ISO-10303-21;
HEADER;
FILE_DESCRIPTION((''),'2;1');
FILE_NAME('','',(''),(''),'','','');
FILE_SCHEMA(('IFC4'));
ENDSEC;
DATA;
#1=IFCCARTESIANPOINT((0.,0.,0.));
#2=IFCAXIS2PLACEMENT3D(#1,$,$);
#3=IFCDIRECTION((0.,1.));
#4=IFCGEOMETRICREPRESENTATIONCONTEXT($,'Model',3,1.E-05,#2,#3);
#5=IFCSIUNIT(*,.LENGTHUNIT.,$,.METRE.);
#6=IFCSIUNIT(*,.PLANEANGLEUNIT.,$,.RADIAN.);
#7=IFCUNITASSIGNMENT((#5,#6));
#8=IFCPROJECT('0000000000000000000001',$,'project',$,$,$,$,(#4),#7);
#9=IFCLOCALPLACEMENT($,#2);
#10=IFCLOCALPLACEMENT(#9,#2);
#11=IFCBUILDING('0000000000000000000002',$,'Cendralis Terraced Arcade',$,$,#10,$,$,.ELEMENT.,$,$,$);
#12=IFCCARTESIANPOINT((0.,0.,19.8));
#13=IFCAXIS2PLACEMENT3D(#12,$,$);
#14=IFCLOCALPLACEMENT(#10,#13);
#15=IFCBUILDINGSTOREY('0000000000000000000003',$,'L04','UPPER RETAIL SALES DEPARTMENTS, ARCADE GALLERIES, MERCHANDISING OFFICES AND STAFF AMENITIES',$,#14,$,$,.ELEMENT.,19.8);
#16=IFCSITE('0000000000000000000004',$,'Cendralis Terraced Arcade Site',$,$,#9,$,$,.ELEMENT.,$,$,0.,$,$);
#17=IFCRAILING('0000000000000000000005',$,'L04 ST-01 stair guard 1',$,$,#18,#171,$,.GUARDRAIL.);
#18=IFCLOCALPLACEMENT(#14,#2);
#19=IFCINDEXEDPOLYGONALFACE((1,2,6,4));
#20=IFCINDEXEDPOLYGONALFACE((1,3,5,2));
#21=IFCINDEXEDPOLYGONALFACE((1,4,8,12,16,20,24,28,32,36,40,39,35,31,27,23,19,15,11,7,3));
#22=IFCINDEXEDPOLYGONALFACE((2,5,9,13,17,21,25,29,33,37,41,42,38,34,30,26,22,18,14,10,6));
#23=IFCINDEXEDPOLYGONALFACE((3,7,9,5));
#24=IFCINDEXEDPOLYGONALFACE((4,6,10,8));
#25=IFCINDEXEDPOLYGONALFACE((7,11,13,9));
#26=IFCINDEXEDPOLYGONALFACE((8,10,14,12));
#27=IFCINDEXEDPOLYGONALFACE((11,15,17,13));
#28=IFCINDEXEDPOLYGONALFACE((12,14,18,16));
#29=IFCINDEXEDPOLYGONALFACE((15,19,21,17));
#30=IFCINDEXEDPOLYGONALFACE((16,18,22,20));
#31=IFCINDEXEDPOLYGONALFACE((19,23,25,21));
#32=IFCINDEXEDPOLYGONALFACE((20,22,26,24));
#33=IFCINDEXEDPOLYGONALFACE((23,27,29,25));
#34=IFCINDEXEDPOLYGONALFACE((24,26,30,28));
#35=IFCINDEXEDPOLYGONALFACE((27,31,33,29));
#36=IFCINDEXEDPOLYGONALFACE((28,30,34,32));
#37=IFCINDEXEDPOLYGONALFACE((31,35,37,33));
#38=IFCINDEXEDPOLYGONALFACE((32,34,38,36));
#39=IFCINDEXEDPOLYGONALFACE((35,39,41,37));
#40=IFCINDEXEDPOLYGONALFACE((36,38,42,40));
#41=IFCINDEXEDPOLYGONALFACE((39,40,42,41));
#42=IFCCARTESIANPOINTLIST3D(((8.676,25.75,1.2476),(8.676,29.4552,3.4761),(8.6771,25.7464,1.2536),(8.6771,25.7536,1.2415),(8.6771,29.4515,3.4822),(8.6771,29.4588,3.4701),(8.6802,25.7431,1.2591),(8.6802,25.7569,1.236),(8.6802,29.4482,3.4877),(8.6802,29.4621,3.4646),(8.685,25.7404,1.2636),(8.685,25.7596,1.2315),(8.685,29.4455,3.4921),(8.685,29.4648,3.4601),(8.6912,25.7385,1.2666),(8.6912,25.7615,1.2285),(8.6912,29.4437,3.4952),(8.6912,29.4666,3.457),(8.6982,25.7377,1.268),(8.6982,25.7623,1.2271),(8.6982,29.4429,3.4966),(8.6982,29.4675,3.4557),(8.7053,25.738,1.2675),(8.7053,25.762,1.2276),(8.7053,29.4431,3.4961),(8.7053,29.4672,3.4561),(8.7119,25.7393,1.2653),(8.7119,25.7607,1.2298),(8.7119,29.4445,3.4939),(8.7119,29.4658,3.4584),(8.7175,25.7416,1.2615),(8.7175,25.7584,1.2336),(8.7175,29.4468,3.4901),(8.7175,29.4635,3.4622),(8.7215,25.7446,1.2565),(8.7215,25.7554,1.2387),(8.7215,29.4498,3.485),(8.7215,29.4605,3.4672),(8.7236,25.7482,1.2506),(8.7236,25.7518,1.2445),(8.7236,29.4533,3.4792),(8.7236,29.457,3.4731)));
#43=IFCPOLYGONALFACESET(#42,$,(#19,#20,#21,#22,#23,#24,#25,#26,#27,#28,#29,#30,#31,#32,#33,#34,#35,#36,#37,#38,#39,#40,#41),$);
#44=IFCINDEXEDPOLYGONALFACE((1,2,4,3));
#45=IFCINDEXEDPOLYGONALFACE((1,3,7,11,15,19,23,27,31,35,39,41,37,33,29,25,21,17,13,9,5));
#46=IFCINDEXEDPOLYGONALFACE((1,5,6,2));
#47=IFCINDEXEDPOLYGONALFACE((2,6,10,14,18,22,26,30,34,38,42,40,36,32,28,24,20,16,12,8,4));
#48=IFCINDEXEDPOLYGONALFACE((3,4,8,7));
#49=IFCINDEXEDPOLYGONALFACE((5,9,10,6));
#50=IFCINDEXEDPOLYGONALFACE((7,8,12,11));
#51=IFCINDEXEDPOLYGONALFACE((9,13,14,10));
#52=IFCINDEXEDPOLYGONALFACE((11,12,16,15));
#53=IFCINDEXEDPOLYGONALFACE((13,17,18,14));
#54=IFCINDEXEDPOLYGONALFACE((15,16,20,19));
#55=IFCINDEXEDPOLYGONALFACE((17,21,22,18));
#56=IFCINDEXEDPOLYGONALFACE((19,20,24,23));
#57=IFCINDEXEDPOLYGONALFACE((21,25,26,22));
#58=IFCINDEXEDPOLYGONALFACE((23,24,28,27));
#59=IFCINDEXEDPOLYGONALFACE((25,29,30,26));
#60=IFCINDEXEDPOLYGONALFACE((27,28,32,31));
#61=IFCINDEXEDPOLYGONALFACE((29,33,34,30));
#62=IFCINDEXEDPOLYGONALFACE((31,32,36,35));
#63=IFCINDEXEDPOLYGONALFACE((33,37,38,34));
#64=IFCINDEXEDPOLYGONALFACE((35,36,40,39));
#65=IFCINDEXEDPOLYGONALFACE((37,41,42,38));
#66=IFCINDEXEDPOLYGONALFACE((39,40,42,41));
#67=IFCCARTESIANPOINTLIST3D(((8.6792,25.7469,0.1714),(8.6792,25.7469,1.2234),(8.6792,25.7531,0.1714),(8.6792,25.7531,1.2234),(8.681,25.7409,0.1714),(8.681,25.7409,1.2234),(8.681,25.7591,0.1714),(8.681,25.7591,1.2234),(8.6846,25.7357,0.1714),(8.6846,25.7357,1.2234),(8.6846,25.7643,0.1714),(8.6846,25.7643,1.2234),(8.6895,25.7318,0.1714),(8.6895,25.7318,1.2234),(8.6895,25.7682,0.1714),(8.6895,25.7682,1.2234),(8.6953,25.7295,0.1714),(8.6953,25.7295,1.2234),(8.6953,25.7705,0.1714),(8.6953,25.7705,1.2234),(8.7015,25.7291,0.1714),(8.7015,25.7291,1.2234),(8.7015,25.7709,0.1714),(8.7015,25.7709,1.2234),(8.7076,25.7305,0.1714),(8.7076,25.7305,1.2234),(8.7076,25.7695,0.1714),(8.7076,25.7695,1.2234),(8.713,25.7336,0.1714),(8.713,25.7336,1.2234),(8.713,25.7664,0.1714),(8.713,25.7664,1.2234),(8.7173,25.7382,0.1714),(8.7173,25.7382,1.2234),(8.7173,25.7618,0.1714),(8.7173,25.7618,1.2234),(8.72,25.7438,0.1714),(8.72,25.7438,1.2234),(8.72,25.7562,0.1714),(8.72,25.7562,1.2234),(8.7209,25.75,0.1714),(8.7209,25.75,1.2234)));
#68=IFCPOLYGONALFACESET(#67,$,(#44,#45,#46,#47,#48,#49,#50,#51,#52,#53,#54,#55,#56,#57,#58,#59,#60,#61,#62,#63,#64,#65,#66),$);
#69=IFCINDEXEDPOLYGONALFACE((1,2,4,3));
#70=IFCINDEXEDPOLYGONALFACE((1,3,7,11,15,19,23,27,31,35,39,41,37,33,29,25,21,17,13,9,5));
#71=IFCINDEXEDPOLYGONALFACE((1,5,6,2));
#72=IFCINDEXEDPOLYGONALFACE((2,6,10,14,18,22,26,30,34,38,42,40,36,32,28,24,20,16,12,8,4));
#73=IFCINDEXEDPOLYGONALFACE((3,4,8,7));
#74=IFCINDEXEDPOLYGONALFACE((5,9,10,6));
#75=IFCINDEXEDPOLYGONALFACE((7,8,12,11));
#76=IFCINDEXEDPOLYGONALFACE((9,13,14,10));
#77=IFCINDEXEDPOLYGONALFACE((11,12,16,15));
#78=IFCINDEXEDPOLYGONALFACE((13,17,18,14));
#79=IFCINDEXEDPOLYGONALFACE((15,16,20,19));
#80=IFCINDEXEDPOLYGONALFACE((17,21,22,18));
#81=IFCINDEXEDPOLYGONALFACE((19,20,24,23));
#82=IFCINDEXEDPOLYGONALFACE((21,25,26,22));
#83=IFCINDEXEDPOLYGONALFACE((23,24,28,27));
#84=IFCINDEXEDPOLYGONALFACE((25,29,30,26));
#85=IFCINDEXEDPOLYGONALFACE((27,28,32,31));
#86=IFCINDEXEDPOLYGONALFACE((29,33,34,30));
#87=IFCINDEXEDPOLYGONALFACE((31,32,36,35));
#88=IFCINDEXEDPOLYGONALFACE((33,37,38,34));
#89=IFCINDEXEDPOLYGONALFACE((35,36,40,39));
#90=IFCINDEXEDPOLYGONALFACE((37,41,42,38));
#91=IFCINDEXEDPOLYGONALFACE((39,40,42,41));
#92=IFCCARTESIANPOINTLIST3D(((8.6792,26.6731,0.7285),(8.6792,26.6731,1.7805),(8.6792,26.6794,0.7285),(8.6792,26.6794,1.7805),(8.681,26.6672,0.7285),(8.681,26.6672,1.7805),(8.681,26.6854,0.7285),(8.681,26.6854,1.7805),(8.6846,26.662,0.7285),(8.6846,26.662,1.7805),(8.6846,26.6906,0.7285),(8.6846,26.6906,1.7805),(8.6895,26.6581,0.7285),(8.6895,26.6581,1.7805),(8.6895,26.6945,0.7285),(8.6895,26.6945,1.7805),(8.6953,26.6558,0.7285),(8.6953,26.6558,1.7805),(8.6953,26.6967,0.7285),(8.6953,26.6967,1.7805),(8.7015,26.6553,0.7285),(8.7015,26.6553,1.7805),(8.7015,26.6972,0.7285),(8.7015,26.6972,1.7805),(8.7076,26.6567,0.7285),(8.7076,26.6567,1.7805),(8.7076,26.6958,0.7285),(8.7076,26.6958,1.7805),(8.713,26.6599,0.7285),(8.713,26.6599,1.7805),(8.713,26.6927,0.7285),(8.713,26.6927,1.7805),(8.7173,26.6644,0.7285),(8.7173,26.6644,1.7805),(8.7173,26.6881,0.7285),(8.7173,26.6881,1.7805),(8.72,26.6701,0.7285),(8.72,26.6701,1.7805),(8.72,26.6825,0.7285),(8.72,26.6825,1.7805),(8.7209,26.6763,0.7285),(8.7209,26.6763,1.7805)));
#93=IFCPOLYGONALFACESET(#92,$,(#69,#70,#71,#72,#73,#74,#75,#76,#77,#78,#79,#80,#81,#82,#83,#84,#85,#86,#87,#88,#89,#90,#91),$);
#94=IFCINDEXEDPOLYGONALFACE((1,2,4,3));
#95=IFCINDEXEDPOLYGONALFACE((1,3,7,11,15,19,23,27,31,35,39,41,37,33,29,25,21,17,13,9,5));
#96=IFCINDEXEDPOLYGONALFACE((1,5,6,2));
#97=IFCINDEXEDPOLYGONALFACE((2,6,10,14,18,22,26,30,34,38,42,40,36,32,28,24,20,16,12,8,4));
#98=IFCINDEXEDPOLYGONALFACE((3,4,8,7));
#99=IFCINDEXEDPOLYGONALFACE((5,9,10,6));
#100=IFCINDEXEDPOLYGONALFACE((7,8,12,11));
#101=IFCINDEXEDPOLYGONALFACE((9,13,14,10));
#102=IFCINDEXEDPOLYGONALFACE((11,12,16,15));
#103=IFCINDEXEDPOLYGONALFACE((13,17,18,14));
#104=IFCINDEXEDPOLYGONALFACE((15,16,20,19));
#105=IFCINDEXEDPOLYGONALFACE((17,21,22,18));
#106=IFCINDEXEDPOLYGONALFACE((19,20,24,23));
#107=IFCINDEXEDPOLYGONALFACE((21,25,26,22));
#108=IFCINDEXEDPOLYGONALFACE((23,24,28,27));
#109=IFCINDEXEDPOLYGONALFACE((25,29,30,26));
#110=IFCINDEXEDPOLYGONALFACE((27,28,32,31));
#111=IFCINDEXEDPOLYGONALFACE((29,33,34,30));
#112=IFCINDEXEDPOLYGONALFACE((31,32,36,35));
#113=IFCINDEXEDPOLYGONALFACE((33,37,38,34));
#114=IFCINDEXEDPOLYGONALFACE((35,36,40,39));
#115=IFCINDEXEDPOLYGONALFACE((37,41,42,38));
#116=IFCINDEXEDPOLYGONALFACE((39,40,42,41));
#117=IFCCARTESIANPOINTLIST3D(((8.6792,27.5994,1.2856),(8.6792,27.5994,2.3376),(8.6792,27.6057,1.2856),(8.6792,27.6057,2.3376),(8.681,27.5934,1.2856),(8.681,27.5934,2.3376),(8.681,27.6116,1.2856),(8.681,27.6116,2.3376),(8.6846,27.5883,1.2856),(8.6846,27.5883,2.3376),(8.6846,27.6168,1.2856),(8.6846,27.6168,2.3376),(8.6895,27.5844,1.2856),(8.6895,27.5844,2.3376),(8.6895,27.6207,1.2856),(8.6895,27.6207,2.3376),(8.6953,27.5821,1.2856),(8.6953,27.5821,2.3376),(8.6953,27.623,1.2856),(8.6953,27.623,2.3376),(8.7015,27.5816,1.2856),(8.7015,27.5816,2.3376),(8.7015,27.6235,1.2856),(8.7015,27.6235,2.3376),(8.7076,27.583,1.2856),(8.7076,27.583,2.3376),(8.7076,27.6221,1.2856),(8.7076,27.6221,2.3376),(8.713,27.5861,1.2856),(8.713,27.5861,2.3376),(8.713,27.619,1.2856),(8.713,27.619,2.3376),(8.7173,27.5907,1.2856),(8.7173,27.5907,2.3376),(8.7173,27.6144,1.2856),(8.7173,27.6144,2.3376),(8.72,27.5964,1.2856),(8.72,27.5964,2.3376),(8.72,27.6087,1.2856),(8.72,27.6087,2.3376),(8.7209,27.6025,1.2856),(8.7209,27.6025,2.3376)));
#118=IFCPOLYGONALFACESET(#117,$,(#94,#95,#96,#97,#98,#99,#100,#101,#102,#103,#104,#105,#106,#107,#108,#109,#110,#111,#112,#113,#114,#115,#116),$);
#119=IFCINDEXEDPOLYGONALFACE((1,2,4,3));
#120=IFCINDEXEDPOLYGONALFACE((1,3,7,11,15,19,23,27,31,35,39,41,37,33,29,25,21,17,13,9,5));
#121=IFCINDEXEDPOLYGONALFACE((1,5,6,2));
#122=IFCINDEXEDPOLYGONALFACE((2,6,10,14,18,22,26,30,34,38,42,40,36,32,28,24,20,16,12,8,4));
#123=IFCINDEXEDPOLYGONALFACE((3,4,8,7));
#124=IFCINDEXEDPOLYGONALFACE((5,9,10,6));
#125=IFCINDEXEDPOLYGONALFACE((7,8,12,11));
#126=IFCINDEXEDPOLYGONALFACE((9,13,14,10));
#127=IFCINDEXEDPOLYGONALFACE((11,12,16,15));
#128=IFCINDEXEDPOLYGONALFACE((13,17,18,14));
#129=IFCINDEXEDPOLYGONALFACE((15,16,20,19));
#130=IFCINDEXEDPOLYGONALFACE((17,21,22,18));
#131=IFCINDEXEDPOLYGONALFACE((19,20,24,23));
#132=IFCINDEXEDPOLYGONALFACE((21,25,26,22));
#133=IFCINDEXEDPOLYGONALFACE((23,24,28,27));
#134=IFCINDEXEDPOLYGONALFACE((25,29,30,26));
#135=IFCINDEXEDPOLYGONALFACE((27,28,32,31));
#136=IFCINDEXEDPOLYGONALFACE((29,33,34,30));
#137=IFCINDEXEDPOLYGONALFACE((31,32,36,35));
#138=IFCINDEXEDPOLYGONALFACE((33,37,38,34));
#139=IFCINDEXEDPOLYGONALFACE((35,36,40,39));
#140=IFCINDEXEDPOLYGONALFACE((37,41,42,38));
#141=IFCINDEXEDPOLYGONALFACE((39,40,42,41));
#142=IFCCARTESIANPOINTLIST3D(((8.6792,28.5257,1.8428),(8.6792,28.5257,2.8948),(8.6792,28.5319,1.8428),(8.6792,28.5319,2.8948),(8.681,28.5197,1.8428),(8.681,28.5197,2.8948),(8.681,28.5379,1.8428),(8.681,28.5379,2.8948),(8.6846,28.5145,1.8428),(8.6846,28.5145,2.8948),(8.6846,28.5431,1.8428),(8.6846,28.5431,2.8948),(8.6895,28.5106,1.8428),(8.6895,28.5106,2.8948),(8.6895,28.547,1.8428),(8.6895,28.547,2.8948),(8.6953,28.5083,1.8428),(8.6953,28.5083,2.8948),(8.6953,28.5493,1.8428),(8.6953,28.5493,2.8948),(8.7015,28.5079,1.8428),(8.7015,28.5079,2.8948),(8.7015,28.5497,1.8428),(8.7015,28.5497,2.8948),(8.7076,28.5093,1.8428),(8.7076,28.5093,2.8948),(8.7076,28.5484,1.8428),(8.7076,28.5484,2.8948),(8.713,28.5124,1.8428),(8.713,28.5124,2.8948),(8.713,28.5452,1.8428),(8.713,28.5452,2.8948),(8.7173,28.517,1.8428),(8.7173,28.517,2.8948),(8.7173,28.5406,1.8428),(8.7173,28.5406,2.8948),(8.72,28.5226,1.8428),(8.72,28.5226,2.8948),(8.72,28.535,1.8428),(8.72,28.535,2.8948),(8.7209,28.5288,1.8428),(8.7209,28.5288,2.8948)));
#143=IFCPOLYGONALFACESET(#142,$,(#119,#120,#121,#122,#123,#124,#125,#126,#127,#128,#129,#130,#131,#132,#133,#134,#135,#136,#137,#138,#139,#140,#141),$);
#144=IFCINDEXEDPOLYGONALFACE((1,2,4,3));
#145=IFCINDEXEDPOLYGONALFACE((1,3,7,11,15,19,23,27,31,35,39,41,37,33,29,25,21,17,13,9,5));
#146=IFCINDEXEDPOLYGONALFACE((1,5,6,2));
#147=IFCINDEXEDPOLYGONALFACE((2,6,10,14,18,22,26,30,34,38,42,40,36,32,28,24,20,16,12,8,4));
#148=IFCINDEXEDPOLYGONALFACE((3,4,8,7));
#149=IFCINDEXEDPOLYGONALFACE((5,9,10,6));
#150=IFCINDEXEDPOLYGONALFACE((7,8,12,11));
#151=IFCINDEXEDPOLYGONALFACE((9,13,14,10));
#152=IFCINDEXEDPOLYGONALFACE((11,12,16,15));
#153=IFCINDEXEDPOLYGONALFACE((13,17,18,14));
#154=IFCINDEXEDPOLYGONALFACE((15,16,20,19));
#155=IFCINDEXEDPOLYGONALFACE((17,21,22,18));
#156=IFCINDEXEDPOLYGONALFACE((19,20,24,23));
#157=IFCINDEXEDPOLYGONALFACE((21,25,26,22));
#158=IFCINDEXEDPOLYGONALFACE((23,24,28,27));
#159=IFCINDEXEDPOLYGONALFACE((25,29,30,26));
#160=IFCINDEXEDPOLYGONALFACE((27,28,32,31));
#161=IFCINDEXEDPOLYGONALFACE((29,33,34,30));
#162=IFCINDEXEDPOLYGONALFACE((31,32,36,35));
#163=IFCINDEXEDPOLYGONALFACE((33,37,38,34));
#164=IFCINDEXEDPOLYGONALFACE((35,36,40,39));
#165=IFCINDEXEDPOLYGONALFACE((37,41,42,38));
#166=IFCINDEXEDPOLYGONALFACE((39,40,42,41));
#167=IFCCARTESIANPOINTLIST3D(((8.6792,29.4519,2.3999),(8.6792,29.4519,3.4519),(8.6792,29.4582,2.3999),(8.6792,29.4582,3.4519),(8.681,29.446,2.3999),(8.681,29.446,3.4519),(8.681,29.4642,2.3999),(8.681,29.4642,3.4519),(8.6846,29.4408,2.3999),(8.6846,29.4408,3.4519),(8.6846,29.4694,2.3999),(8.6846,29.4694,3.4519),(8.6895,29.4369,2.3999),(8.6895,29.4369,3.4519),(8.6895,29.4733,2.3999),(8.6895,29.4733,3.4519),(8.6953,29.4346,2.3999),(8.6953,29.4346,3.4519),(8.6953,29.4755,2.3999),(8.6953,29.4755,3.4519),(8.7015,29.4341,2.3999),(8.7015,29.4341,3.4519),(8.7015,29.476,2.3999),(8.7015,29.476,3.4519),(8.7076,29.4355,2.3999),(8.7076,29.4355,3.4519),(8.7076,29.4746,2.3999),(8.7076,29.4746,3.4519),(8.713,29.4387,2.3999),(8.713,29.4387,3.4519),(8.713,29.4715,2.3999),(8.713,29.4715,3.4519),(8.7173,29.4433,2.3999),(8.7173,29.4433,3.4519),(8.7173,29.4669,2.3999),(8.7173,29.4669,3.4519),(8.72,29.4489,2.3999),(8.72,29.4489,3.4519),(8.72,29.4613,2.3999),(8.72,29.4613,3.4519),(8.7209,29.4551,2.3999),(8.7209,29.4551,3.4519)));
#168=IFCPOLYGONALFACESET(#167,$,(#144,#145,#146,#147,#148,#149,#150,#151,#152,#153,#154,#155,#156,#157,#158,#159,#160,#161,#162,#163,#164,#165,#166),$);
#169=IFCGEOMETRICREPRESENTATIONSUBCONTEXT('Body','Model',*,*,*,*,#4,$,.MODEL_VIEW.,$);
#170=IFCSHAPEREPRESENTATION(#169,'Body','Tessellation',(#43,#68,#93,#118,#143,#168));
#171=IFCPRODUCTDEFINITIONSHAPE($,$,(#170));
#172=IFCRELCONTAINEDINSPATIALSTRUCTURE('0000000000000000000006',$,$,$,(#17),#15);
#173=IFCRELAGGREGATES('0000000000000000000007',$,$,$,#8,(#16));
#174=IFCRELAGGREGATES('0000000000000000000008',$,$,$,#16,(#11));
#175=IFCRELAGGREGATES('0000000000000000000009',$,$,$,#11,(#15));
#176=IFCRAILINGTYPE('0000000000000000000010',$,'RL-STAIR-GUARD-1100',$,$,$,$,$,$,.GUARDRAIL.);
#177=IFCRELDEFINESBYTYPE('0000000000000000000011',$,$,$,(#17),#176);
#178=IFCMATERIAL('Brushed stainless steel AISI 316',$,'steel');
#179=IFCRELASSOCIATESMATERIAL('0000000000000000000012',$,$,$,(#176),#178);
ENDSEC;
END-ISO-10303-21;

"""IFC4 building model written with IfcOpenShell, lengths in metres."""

from ifc_helpers import new_model, si_unit, direction, frame, origin, origin_2d, place, context, subcontext, project, spatial, circle, extrude, material, type_object, element, save


model = new_model("IFC4")

# Units and contexts
model_context = context("Model", 3, precision=1e-05, world=origin(), true_north=direction((0.0, 1.0)))
body_context = subcontext(model_context, "Body", "Model", "MODEL_VIEW")
ifc_project = project(units=[si_unit("LENGTHUNIT", "METRE"), si_unit("PLANEANGLEUNIT", "RADIAN")], contexts=[model_context])

# Site, building, storey
site_placement = place(None, origin())
site = spatial("IfcSite", under=ifc_project, at=site_placement, Name="Cendralis Terraced Arcade Site", CompositionType="ELEMENT", RefElevation=0.0)
building_placement = place(site_placement, origin())
building = spatial("IfcBuilding", under=site, at=building_placement, Name="Cendralis Terraced Arcade", CompositionType="ELEMENT")
storey_placement = place(building_placement, frame((0.0, 0.0, 19.8)))
storey = spatial("IfcBuildingStorey", under=building, at=storey_placement, Name="L04", Description="UPPER RETAIL SALES DEPARTMENTS, ARCADE GALLERIES, MERCHANDISING OFFICES AND STAFF AMENITIES", CompositionType="ELEMENT", Elevation=19.8)

# Railing
ifc_material_1 = material(Name="Brushed stainless steel AISI 316", Category="steel")
railing_type = type_object("IfcRailingType", Name="RL-STAIR-GUARD-1100", PredefinedType="GUARDRAIL", material=ifc_material_1)
railing_1_placement = place(storey_placement, frame((8.7, 25.75, 0.1714)))
element("IfcRailing", 1, at=railing_1_placement, inside=storey, type_object=railing_type, Name="L04 ST-01 stair guard 1", PredefinedType="GUARDRAIL", context=body_context, shape_type="SweptSolid", body=[
    extrude(circle(Radius=0.0239, at=origin_2d()), frame((0.0, 0.0, 1.0762), z_axis=(0.0, 0.856934, 0.515425), x_axis=(-1.0, 0.0, 0.0)), (0.0, 0.0, 1.0), 4.3237),
    extrude(circle(Radius=0.021, at=origin_2d()), origin(), (0.0, 0.0, 1.0), 1.052),
    extrude(circle(Radius=0.021, at=origin_2d()), frame((0.0, 0.9263, 0.5571)), (0.0, 0.0, 1.0), 1.052),
    extrude(circle(Radius=0.021, at=origin_2d()), frame((0.0, 1.8525, 1.1143)), (0.0, 0.0, 1.0), 1.052),
    extrude(circle(Radius=0.021, at=origin_2d()), frame((0.0, 2.7788, 1.6714)), (0.0, 0.0, 1.0), 1.052),
    extrude(circle(Radius=0.021, at=origin_2d()), frame((0.0, 3.7051, 2.2285)), (0.0, 0.0, 1.0), 1.052),
])

save(model, "model.ifc")
